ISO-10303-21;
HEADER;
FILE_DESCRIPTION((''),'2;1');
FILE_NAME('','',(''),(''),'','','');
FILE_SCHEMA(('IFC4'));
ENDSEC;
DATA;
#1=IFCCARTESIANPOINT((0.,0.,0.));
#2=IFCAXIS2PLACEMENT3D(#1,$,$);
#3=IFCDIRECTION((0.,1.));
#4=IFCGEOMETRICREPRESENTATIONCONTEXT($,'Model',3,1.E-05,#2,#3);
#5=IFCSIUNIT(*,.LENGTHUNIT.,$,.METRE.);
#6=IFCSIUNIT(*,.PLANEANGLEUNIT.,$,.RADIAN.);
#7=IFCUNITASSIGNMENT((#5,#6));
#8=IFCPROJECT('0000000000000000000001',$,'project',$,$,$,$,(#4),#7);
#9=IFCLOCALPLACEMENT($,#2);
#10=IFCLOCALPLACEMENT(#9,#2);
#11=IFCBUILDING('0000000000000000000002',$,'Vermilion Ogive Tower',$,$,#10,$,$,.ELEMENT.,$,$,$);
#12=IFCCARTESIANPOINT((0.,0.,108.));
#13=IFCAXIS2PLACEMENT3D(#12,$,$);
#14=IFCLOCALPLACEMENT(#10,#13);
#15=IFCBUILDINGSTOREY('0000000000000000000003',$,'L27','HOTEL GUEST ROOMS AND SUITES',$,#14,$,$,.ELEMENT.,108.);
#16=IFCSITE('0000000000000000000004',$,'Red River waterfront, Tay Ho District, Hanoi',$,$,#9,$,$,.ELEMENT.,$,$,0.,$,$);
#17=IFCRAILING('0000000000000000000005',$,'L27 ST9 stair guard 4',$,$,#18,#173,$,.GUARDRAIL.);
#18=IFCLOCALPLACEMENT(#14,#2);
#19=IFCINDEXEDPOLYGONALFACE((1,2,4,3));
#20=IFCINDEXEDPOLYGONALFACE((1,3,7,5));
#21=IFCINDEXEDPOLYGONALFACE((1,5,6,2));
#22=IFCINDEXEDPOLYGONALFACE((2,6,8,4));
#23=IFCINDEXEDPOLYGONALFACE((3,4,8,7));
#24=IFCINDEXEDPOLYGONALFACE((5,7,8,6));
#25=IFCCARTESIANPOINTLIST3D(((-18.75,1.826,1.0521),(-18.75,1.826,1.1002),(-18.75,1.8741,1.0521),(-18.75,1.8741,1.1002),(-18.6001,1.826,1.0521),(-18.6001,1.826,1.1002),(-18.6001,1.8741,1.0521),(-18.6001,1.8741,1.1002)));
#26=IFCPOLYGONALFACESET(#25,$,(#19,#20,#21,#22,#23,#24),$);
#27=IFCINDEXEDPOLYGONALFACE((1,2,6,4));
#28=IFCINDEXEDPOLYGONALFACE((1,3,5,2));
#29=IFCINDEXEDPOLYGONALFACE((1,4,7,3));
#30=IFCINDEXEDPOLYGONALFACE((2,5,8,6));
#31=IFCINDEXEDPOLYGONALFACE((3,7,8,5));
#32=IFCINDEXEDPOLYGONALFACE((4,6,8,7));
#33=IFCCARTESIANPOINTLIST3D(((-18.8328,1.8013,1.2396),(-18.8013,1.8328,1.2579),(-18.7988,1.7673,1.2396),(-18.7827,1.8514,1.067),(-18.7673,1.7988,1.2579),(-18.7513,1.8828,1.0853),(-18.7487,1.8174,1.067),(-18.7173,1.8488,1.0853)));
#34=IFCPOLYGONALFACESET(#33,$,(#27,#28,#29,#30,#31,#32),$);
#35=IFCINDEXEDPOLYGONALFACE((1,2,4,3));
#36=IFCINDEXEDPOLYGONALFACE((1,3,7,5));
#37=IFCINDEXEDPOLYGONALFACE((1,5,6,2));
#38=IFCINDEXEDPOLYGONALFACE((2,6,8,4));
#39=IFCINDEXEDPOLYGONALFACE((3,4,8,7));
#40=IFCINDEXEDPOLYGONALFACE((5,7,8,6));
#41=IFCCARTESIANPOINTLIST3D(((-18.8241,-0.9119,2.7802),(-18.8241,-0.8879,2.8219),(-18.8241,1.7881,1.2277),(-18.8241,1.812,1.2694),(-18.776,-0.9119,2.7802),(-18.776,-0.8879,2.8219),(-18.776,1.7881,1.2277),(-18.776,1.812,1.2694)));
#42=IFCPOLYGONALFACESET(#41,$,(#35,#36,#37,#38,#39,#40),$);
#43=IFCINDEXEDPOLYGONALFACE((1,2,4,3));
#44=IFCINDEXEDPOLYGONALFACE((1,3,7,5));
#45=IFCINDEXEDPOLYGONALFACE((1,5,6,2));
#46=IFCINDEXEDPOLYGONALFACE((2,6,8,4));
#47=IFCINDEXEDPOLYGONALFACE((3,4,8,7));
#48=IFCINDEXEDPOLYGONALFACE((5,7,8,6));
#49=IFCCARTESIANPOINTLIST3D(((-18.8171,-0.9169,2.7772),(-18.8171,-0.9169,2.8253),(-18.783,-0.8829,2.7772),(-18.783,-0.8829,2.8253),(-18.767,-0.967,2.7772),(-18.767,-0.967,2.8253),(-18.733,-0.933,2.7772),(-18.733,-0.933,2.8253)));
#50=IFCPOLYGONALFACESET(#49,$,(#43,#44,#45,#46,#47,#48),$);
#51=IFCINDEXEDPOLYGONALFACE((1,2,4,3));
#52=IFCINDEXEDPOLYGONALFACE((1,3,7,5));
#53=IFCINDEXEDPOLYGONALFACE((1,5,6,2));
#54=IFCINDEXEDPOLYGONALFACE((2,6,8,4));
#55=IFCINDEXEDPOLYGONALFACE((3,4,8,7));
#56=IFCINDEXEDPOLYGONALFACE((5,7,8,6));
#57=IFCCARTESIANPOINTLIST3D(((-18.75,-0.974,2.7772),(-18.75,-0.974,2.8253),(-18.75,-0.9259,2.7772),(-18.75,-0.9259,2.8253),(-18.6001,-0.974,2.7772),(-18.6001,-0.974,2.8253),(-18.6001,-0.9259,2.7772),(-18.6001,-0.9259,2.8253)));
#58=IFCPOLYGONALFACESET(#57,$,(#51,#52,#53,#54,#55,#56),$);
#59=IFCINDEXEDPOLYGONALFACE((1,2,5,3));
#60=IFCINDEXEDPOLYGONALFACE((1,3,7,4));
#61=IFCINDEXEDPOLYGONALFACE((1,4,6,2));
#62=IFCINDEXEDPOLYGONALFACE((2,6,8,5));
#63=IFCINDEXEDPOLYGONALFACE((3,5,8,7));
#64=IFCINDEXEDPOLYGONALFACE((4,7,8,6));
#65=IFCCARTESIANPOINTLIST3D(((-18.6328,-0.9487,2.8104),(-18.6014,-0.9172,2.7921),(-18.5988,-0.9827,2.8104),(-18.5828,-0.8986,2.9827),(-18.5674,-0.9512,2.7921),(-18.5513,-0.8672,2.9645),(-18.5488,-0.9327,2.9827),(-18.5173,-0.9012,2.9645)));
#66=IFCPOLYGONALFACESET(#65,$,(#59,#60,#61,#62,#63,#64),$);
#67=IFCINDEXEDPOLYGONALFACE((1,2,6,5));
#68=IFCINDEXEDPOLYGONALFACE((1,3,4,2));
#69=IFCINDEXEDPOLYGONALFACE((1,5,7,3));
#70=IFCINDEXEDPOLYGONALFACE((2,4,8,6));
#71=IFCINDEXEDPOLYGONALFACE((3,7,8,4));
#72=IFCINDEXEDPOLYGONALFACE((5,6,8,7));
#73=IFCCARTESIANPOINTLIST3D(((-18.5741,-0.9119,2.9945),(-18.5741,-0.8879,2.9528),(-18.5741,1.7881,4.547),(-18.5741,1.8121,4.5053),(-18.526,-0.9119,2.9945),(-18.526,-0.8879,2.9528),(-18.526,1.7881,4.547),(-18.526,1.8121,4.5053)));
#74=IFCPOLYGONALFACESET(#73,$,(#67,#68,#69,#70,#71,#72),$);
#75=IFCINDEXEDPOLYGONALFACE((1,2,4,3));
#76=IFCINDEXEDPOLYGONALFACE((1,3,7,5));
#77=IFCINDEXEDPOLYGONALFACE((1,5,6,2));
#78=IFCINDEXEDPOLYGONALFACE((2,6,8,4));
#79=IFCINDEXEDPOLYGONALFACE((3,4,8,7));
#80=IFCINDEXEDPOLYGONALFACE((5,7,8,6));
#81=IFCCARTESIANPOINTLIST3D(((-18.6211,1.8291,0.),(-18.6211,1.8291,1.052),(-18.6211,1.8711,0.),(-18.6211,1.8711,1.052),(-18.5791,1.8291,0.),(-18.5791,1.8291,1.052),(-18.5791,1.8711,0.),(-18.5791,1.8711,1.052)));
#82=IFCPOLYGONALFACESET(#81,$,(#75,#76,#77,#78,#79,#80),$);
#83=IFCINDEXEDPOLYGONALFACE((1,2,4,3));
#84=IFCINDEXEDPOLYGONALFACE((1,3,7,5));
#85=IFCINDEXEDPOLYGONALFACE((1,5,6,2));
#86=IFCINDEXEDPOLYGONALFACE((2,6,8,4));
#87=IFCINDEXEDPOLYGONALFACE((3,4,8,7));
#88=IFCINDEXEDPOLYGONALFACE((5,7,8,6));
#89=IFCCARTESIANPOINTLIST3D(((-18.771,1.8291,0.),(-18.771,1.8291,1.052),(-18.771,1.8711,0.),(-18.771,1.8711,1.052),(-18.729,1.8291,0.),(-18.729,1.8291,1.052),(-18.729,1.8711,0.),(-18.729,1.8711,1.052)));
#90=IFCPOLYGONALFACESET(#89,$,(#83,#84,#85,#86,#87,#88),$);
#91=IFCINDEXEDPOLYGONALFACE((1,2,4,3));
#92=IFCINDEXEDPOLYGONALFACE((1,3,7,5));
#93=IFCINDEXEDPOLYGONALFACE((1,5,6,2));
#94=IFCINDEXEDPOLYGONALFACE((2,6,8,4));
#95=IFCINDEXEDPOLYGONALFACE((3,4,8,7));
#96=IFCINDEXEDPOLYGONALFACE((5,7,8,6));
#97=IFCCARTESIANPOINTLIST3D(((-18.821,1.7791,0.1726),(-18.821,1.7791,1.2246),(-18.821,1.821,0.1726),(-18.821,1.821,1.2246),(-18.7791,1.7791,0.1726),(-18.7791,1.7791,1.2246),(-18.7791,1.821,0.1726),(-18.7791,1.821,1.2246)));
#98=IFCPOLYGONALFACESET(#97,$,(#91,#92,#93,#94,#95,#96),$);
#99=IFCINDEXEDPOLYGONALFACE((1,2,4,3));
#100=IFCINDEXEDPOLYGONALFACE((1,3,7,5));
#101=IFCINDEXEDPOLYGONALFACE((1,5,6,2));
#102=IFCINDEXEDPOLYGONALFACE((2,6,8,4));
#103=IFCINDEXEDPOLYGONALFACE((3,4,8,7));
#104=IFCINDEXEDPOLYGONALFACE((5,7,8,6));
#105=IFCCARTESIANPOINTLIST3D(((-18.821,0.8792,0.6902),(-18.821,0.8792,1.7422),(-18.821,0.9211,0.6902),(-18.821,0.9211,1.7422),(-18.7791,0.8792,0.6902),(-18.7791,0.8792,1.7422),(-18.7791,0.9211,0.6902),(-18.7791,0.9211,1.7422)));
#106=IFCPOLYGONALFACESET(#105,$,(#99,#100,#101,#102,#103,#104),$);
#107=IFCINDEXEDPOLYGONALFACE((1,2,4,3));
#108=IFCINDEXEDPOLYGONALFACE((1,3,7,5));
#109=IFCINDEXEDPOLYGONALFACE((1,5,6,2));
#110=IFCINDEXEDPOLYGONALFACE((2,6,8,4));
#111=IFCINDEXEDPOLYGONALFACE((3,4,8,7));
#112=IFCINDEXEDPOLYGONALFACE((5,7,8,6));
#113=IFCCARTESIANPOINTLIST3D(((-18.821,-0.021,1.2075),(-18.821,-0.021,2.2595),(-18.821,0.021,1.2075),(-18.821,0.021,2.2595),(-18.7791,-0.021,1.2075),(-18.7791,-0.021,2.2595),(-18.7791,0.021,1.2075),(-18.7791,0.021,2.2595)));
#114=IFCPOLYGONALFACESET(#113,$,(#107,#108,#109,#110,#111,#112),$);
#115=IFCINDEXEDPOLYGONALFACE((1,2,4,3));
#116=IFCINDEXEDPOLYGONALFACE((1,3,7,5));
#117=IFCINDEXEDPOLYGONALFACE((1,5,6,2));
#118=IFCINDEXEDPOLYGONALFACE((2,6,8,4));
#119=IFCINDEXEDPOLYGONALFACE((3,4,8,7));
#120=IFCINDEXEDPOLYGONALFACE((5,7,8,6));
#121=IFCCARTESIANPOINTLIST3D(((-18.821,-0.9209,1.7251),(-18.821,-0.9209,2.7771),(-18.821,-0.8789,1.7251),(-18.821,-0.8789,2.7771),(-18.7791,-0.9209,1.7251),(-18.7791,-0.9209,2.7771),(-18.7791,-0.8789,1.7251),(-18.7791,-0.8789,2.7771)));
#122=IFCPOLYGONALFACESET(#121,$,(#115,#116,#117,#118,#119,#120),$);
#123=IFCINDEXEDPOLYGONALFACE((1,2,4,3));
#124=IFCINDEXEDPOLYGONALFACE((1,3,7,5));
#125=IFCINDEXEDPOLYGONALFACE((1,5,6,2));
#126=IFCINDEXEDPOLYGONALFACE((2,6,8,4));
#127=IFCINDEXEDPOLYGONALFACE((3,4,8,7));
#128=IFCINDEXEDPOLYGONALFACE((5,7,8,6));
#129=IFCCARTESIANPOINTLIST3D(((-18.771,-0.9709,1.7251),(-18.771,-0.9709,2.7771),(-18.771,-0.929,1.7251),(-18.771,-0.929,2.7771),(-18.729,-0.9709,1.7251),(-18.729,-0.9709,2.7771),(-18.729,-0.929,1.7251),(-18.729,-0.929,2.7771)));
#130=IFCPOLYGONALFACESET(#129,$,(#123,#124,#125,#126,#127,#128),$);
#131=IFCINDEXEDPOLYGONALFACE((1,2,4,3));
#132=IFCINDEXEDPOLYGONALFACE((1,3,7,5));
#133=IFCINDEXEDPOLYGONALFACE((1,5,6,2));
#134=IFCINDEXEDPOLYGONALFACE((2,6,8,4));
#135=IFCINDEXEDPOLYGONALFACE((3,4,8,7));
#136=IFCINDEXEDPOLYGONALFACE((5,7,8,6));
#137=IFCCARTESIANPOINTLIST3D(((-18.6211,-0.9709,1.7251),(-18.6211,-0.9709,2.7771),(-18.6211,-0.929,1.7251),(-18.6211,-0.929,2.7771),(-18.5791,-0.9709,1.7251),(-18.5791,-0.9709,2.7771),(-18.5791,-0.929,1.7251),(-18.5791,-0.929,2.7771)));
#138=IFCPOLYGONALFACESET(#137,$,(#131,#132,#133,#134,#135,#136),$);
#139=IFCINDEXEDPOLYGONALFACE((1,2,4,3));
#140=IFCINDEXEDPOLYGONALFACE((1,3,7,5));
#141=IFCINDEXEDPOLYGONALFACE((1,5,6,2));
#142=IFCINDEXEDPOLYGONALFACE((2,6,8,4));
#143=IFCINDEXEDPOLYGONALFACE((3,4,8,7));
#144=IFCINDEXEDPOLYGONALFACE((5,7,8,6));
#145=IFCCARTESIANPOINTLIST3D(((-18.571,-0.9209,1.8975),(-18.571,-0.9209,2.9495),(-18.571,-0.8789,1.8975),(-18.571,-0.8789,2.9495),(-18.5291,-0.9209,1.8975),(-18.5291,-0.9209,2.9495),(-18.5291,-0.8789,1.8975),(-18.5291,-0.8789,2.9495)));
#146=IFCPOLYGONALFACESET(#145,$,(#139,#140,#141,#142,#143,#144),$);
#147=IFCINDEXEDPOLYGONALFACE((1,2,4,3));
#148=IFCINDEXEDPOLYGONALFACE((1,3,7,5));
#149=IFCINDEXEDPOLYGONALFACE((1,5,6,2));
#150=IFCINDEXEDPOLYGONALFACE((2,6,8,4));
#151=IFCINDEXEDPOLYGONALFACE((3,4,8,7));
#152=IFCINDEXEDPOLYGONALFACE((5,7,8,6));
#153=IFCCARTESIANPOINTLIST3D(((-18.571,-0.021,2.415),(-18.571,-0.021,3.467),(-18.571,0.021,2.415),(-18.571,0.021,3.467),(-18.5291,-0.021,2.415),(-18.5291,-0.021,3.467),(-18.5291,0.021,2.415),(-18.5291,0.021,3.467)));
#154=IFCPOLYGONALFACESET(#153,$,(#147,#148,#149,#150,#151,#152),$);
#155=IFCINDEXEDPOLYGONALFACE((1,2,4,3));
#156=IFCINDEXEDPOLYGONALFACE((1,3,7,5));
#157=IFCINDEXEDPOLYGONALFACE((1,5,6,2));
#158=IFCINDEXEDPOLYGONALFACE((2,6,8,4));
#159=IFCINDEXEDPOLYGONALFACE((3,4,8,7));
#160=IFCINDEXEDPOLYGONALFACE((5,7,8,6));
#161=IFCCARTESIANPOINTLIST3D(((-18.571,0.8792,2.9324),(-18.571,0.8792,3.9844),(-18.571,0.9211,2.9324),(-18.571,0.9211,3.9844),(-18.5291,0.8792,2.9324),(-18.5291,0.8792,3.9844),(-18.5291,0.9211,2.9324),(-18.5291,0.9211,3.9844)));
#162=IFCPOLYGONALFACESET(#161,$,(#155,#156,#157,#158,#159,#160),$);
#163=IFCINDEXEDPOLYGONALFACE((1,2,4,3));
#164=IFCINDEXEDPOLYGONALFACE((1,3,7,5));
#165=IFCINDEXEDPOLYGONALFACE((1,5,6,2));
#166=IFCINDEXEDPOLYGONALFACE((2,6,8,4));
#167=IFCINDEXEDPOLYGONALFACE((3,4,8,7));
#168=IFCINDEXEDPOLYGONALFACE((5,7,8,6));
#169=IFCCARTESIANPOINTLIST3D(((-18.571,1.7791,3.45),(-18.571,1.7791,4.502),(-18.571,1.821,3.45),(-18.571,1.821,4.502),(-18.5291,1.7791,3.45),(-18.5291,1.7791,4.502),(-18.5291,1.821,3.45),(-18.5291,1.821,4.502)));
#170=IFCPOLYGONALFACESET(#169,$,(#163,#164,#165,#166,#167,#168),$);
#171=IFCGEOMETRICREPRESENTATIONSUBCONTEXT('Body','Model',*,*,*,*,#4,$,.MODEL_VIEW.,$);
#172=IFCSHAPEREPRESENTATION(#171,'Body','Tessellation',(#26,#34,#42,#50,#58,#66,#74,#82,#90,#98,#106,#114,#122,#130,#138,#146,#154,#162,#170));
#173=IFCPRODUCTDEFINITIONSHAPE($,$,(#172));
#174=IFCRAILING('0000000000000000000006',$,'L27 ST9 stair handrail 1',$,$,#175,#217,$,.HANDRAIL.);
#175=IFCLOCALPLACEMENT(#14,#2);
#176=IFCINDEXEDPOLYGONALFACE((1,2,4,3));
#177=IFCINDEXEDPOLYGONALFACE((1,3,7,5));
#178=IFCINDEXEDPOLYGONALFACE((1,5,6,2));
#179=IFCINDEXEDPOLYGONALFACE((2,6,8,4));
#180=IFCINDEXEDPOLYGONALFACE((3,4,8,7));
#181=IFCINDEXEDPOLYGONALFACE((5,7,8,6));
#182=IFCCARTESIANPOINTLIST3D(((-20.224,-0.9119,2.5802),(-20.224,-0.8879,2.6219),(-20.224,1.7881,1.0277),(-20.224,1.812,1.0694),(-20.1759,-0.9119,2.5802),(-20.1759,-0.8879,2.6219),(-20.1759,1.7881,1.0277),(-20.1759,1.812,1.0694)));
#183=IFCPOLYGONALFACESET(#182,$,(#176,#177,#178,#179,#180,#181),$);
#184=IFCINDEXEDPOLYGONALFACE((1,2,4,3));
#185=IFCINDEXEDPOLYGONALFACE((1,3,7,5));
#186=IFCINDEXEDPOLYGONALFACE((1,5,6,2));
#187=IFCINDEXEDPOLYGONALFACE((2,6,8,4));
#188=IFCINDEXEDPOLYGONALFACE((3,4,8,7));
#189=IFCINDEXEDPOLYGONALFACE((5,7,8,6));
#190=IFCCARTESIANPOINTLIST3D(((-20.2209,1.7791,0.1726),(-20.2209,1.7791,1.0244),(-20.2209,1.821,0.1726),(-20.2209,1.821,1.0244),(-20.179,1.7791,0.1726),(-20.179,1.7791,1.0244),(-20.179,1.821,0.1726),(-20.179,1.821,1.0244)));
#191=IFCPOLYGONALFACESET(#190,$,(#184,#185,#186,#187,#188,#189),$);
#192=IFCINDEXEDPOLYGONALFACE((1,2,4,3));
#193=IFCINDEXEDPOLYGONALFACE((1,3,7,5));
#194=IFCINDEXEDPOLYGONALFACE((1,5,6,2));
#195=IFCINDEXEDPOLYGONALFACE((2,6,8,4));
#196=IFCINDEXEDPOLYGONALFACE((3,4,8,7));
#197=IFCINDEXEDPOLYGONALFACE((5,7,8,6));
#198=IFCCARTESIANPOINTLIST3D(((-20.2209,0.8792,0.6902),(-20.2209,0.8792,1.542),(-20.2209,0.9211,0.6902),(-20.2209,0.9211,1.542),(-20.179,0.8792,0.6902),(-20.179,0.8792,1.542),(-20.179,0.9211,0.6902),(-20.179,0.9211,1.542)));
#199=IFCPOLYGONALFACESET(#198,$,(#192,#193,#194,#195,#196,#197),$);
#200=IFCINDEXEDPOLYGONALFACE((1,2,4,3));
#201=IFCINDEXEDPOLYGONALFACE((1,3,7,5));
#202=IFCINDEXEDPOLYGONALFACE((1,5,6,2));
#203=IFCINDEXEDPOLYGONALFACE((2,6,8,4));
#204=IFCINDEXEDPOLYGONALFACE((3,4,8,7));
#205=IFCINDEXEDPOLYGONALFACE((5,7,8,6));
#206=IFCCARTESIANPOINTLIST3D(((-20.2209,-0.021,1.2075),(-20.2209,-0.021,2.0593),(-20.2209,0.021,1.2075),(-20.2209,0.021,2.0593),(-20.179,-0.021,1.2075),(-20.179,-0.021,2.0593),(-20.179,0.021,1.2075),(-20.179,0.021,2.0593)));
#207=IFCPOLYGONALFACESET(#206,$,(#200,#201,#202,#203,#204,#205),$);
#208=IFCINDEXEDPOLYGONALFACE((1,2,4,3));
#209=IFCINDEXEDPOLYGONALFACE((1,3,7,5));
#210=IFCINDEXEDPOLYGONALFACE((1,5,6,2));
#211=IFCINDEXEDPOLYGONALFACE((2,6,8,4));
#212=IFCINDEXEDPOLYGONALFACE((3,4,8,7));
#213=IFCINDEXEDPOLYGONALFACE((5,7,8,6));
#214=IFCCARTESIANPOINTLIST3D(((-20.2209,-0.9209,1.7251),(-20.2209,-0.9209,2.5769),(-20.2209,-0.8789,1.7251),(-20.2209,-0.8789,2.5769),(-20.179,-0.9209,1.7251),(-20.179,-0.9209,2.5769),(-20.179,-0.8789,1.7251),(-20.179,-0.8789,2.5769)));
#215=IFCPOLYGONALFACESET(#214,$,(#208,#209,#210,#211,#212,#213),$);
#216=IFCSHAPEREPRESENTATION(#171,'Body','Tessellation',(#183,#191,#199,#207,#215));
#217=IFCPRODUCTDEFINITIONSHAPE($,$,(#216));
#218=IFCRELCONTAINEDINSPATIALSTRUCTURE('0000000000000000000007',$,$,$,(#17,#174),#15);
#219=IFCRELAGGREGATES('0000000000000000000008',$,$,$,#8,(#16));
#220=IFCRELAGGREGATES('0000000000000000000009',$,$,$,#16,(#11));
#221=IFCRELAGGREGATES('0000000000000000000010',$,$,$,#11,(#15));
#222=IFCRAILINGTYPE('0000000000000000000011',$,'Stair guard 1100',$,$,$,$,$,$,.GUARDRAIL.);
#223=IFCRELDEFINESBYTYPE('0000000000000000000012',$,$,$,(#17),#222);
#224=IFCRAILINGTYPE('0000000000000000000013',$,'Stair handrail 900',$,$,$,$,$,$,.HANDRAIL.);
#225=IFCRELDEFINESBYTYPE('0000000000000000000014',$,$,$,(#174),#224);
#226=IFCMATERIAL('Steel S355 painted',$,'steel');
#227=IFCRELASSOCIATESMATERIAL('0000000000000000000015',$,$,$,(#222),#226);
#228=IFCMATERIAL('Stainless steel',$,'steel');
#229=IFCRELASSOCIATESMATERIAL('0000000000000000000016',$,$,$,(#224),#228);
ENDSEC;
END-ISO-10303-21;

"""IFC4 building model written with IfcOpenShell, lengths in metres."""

from ifc_helpers import new_model, si_unit, direction, frame, origin, origin_2d, place, context, subcontext, project, spatial, rectangle, extrude, material, type_object, element, save


model = new_model("IFC4")

# Units and contexts
model_context = context("Model", 3, precision=1e-05, world=origin(), true_north=direction((0.0, 1.0)))
body_context = subcontext(model_context, "Body", "Model", "MODEL_VIEW")
ifc_project = project(units=[si_unit("LENGTHUNIT", "METRE"), si_unit("PLANEANGLEUNIT", "RADIAN")], contexts=[model_context])

# Site, building, storey
site_placement = place(None, origin())
site = spatial("IfcSite", under=ifc_project, at=site_placement, Name="Red River waterfront, Tay Ho District, Hanoi", CompositionType="ELEMENT", RefElevation=0.0)
building_placement = place(site_placement, origin())
building = spatial("IfcBuilding", under=site, at=building_placement, Name="Vermilion Ogive Tower", CompositionType="ELEMENT")
storey_placement = place(building_placement, frame((0.0, 0.0, 108.0)))
storey = spatial("IfcBuildingStorey", under=building, at=storey_placement, Name="L27", Description="HOTEL GUEST ROOMS AND SUITES", CompositionType="ELEMENT", Elevation=108.0)

# Railings
ifc_material_1 = material(Name="Steel S355 painted", Category="steel")
railing_type_1 = type_object("IfcRailingType", Name="Stair guard 1100", PredefinedType="GUARDRAIL", material=ifc_material_1)
railing_1_placement = place(storey_placement, frame((-18.6001, 1.8501, 0.0)))
element("IfcRailing", 1, at=railing_1_placement, inside=storey, type_object=railing_type_1, Name="L27 ST9 stair guard 4", PredefinedType="GUARDRAIL", context=body_context, shape_type="SweptSolid", body=[
    extrude(rectangle(XDim=0.0481, YDim=0.0481, at=origin_2d()), frame((0.0, 0.0, 1.0762), z_axis=(-1.0, 0.0, 0.0), x_axis=(0.0, -1.0, 0.0)), (0.0, 0.0, 1.0), 0.1499),
    extrude(rectangle(XDim=0.0481, YDim=0.0481, at=origin_2d()), frame((-0.1499, 0.0, 1.0762), z_axis=(-0.268278, -0.268278, 0.925232), x_axis=(0.707107, -0.707107, 0.0)), (0.0, 0.0, 1.0), 0.1865),
    extrude(rectangle(XDim=0.0481, YDim=0.0481, at=origin_2d()), frame((-0.2, -0.05, 1.2485), z_axis=(0.0, -0.866904, 0.498476), x_axis=(1.0, 0.0, 0.0)), (0.0, 0.0, 1.0), 3.1145),
    extrude(rectangle(XDim=0.0481, YDim=0.0481, at=origin_2d()), frame((-0.2, -2.75, 2.8013), z_axis=(0.707107, -0.707107, 0.0), x_axis=(0.707107, 0.707107, 0.0)), (0.0, 0.0, 1.0), 0.0708),
    extrude(rectangle(XDim=0.0481, YDim=0.0481, at=origin_2d()), frame((-0.1499, -2.8, 2.8013), z_axis=(1.0, 0.0, 0.0), x_axis=(0.0, 1.0, 0.0)), (0.0, 0.0, 1.0), 0.1499),
    extrude(rectangle(XDim=0.0481, YDim=0.0481, at=origin_2d()), frame((0.0, -2.8, 2.8013), z_axis=(0.268603, 0.268603, 0.925043), x_axis=(-0.707107, 0.707107, 0.0)), (0.0, 0.0, 1.0), 0.1863),
    extrude(rectangle(XDim=0.0481, YDim=0.0481, at=origin_2d()), frame((0.05, -2.75, 2.9736), z_axis=(0.0, 0.866904, 0.498476), x_axis=(-1.0, 0.0, 0.0)), (0.0, 0.0, 1.0), 3.1145),
    extrude(rectangle(XDim=0.042, YDim=0.042, at=origin_2d()), origin(), (0.0, 0.0, 1.0), 1.052),
    extrude(rectangle(XDim=0.042, YDim=0.042, at=origin_2d()), frame((-0.1499, 0.0, 0.0)), (0.0, 0.0, 1.0), 1.052),
    extrude(rectangle(XDim=0.042, YDim=0.042, at=origin_2d()), frame((-0.2, -0.05, 0.1726)), (0.0, 0.0, 1.0), 1.052),
    extrude(rectangle(XDim=0.042, YDim=0.042, at=origin_2d()), frame((-0.2, -0.95, 0.6902)), (0.0, 0.0, 1.0), 1.052),
    extrude(rectangle(XDim=0.042, YDim=0.042, at=origin_2d()), frame((-0.2, -1.8501, 1.2075)), (0.0, 0.0, 1.0), 1.052),
    extrude(rectangle(XDim=0.042, YDim=0.042, at=origin_2d()), frame((-0.2, -2.75, 1.7251)), (0.0, 0.0, 1.0), 1.052),
    extrude(rectangle(XDim=0.042, YDim=0.042, at=origin_2d()), frame((-0.1499, -2.8, 1.7251)), (0.0, 0.0, 1.0), 1.052),
    extrude(rectangle(XDim=0.042, YDim=0.042, at=origin_2d()), frame((0.0, -2.8, 1.7251)), (0.0, 0.0, 1.0), 1.052),
    extrude(rectangle(XDim=0.042, YDim=0.042, at=origin_2d()), frame((0.05, -2.75, 1.8975)), (0.0, 0.0, 1.0), 1.052),
    extrude(rectangle(XDim=0.042, YDim=0.042, at=origin_2d()), frame((0.05, -1.8501, 2.415)), (0.0, 0.0, 1.0), 1.052),
    extrude(rectangle(XDim=0.042, YDim=0.042, at=origin_2d()), frame((0.05, -0.95, 2.9324)), (0.0, 0.0, 1.0), 1.052),
    extrude(rectangle(XDim=0.042, YDim=0.042, at=origin_2d()), frame((0.05, -0.05, 3.45)), (0.0, 0.0, 1.0), 1.052),
])
ifc_material_2 = material(Name="Stainless steel", Category="steel")
railing_type_2 = type_object("IfcRailingType", Name="Stair handrail 900", PredefinedType="HANDRAIL", material=ifc_material_2)
railing_2_placement = place(storey_placement, frame((-20.2, 1.8, 0.1726)))
element("IfcRailing", 2, at=railing_2_placement, inside=storey, type_object=railing_type_2, Name="L27 ST9 stair handrail 1", PredefinedType="HANDRAIL", context=body_context, shape_type="SweptSolid", body=[
    extrude(rectangle(XDim=0.0481, YDim=0.0481, at=origin_2d()), frame((0.0, 0.0, 0.876), z_axis=(0.0, -0.866904, 0.498476), x_axis=(1.0, 0.0, 0.0)), (0.0, 0.0, 1.0), 3.1145),
    extrude(rectangle(XDim=0.042, YDim=0.042, at=origin_2d()), origin(), (0.0, 0.0, 1.0), 0.8518),
    extrude(rectangle(XDim=0.042, YDim=0.042, at=origin_2d()), frame((0.0, -0.8999, 0.5176)), (0.0, 0.0, 1.0), 0.8518),
    extrude(rectangle(XDim=0.042, YDim=0.042, at=origin_2d()), frame((0.0, -1.8, 1.0349)), (0.0, 0.0, 1.0), 0.8518),
    extrude(rectangle(XDim=0.042, YDim=0.042, at=origin_2d()), frame((0.0, -2.7, 1.5525)), (0.0, 0.0, 1.0), 0.8518),
])

save(model, "model.ifc")
